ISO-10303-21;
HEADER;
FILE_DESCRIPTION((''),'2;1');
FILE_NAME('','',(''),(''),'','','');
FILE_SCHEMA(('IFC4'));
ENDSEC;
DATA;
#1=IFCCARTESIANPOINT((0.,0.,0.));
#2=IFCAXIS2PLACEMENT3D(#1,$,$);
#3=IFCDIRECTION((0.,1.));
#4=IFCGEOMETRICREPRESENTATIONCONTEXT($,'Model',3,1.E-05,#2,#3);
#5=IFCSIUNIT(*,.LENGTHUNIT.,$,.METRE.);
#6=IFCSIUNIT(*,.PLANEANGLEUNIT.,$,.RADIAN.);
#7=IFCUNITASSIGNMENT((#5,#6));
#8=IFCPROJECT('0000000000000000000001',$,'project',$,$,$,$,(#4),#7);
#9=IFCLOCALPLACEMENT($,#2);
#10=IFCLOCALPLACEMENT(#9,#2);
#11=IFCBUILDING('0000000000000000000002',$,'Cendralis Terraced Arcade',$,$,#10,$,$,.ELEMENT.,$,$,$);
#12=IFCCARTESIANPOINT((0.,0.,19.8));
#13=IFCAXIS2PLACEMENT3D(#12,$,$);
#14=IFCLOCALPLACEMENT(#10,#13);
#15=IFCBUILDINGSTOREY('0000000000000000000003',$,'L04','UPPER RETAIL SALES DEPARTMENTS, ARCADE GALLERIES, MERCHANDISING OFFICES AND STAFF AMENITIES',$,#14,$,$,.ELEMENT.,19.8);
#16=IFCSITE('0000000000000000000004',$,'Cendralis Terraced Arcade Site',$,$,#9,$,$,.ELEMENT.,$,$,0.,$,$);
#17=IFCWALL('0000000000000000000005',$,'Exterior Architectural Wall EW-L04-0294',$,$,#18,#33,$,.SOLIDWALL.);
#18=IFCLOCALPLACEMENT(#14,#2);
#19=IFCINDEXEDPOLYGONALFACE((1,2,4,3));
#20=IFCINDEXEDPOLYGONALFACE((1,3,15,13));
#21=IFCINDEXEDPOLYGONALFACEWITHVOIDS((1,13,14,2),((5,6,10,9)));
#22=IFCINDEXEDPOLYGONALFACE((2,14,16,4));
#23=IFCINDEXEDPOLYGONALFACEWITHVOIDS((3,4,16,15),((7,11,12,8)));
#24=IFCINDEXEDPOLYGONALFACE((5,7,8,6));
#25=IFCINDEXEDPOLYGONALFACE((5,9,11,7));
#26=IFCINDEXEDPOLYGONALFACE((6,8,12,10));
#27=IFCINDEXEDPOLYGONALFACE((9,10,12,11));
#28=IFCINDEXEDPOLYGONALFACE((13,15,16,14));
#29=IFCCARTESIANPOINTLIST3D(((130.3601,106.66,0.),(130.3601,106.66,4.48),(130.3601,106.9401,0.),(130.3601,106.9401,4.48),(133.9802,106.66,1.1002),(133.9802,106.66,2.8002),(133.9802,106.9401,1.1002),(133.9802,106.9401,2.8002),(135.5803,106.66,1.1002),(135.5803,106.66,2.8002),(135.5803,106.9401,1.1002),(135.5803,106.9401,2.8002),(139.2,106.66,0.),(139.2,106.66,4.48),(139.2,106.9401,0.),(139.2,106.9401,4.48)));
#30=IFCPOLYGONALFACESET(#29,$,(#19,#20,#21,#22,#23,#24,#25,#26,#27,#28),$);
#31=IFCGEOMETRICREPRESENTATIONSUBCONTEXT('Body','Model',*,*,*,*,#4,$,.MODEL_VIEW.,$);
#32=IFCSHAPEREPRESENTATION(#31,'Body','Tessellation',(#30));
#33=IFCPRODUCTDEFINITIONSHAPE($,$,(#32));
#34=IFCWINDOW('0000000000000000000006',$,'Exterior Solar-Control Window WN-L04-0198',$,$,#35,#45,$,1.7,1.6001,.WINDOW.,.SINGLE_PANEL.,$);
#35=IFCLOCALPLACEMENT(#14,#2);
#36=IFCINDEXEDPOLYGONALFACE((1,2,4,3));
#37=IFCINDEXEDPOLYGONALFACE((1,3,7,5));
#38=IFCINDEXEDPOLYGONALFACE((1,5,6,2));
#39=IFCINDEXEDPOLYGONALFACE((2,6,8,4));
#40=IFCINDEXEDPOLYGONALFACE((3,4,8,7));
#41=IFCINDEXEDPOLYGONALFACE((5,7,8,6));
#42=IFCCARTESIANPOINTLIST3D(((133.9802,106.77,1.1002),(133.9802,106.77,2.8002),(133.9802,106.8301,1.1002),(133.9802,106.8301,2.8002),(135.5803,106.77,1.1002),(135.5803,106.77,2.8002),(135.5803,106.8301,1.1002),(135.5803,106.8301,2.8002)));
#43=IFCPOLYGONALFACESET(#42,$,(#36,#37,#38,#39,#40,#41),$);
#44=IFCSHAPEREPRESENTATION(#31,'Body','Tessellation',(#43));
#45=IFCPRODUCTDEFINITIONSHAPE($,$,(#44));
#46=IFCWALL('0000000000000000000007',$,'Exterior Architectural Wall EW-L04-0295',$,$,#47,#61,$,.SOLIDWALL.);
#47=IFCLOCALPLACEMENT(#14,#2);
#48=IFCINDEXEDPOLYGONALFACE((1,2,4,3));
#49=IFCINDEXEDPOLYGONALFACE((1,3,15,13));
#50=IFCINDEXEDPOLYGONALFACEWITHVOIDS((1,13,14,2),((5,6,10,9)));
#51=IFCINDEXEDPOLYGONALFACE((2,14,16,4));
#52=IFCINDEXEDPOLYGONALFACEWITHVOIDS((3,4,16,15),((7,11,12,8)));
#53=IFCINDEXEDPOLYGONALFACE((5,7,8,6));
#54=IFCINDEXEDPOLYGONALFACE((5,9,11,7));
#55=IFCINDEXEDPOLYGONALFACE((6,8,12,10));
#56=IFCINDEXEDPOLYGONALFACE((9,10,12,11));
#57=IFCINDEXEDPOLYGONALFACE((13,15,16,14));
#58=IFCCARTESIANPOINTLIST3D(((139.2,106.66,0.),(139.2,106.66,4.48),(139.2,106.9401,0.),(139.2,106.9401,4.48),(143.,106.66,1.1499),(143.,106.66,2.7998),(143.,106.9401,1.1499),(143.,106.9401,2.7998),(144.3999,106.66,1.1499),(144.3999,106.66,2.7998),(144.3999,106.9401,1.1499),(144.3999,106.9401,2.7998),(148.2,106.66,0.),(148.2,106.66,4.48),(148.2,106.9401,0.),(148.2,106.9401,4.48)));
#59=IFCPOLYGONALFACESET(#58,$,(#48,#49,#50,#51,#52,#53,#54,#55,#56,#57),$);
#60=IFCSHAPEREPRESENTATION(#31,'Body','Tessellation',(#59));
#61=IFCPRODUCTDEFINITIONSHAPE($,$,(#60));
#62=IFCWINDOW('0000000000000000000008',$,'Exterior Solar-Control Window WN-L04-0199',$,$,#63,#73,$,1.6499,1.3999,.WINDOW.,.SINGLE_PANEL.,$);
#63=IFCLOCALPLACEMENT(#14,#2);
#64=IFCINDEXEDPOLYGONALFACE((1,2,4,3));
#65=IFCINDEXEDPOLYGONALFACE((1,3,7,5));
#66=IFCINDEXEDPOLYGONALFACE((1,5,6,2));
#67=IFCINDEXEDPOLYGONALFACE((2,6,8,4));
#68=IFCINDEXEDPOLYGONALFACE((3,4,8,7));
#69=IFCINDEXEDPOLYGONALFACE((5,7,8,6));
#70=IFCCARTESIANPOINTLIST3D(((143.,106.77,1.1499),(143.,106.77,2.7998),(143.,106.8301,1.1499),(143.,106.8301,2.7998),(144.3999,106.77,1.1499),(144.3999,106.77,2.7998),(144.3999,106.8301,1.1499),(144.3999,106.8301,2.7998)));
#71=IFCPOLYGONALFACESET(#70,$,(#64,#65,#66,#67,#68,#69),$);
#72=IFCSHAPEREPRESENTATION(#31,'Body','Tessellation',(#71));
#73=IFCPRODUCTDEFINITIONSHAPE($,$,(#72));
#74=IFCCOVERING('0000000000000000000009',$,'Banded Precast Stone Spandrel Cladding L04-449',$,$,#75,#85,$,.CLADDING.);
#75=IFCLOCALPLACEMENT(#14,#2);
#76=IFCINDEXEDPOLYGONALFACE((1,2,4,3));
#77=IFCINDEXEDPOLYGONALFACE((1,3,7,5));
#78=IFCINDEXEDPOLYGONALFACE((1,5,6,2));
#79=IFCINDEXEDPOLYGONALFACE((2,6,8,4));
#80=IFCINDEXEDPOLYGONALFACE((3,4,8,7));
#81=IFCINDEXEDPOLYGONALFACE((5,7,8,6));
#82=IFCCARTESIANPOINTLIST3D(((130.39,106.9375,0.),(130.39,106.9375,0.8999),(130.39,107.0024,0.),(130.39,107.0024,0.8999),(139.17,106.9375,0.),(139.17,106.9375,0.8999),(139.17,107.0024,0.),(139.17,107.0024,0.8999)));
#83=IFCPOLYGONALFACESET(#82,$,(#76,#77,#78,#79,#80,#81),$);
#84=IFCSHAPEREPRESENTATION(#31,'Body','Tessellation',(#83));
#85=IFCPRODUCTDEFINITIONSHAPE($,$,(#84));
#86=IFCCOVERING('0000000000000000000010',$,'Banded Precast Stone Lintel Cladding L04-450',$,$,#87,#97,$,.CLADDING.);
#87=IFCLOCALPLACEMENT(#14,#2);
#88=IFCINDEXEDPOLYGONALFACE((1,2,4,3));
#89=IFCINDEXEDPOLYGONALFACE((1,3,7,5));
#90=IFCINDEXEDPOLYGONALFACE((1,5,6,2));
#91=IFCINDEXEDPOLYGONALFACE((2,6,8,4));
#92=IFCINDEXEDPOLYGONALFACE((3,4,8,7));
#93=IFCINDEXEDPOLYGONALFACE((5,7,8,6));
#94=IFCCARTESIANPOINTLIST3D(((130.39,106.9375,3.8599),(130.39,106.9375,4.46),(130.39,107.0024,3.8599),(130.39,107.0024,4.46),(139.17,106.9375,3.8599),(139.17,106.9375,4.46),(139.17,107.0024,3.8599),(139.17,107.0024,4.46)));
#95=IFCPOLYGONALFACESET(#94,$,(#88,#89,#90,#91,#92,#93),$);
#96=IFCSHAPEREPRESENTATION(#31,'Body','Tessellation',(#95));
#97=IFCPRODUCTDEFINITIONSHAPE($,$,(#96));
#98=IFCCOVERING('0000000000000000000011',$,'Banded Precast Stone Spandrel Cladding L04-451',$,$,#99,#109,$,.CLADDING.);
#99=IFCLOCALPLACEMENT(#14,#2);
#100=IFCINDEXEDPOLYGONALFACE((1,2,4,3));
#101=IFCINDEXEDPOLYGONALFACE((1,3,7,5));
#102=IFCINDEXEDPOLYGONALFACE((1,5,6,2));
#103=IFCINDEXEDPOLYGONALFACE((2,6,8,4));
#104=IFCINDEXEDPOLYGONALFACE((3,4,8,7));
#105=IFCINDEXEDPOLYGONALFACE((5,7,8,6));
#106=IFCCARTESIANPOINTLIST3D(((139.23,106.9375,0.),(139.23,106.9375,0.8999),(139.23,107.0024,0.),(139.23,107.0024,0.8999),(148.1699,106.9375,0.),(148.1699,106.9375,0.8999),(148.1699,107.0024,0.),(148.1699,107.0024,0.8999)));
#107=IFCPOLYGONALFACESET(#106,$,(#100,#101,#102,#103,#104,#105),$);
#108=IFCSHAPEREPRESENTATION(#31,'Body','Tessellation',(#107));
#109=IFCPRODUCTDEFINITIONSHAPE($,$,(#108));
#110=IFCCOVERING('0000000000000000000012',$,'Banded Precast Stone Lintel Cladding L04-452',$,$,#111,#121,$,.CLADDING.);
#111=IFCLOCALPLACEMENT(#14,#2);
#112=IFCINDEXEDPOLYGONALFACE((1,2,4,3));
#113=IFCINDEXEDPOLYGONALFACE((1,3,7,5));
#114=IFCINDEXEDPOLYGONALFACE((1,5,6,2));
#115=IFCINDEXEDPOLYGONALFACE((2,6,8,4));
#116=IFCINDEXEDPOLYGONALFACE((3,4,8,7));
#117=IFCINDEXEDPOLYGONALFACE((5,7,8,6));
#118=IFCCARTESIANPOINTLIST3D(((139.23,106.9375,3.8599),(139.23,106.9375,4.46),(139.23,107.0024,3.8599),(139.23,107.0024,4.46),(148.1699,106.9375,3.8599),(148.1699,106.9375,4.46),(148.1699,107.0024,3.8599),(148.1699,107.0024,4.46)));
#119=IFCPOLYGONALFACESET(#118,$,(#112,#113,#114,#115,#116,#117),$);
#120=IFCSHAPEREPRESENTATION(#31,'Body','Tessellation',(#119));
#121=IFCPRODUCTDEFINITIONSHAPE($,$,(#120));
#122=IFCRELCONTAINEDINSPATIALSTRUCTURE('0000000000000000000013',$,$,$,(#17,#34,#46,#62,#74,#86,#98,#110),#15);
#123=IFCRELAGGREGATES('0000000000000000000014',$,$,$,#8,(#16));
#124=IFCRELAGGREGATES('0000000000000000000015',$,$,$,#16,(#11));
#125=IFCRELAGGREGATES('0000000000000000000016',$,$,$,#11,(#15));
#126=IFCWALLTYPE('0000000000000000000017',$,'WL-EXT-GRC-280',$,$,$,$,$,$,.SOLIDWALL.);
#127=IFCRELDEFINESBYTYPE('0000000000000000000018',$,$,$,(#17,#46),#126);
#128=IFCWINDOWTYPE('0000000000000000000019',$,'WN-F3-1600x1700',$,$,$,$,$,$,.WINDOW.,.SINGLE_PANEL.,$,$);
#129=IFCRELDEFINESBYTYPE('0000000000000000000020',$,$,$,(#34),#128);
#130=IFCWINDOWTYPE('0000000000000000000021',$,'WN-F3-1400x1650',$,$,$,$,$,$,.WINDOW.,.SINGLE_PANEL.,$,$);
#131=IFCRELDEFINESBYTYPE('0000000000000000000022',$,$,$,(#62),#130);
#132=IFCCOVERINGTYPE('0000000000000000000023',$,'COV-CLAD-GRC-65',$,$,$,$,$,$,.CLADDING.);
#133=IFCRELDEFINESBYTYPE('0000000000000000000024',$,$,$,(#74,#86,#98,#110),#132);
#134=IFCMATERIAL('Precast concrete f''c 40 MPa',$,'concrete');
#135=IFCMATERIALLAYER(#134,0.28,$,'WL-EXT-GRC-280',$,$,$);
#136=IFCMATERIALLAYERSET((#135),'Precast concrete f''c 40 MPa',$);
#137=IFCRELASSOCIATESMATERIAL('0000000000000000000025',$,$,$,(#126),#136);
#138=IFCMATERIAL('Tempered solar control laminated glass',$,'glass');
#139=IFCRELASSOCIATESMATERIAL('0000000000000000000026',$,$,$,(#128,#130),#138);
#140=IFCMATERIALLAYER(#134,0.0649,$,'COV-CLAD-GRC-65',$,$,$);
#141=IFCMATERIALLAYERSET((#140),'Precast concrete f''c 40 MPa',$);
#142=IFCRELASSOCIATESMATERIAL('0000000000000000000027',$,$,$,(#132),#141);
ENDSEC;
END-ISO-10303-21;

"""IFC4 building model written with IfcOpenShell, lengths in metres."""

from ifc_helpers import new_model, si_unit, direction, frame, frame_2d, origin, origin_2d, place, context, subcontext, project, spatial, rectangle, extrude, material, layer, layer_set, type_object, element, fill, save


model = new_model("IFC4")

# Units and contexts
model_context = context("Model", 3, precision=1e-05, world=origin(), true_north=direction((0.0, 1.0)))
body_context = subcontext(model_context, "Body", "Model", "MODEL_VIEW")
ifc_project = project(units=[si_unit("LENGTHUNIT", "METRE"), si_unit("PLANEANGLEUNIT", "RADIAN")], contexts=[model_context])

# Site, building, storey
site_placement = place(None, origin())
site = spatial("IfcSite", under=ifc_project, at=site_placement, Name="Cendralis Terraced Arcade Site", CompositionType="ELEMENT", RefElevation=0.0)
building_placement = place(site_placement, origin())
building = spatial("IfcBuilding", under=site, at=building_placement, Name="Cendralis Terraced Arcade", CompositionType="ELEMENT")
storey_placement = place(building_placement, frame((0.0, 0.0, 19.8)))
storey = spatial("IfcBuildingStorey", under=building, at=storey_placement, Name="L04", Description="UPPER RETAIL SALES DEPARTMENTS, ARCADE GALLERIES, MERCHANDISING OFFICES AND STAFF AMENITIES", CompositionType="ELEMENT", Elevation=19.8)

# Walls, openings, windows
ifc_material_1 = material(Name="Precast concrete f'c 40 MPa", Category="concrete")
ifc_layer_1 = layer(ifc_material_1, 0.28, Name="WL-EXT-GRC-280")
ifc_layer_set_1 = layer_set([ifc_layer_1], Name="Precast concrete f'c 40 MPa")
wall_type_1 = type_object("IfcWallType", Name="WL-EXT-GRC-280", PredefinedType="SOLIDWALL", material=ifc_layer_set_1)
ifc_material_2 = material(Name="Tempered solar control laminated glass", Category="glass")
wall_1_placement = place(storey_placement, frame((130.3601, 106.8, 0.0), z_axis=(0.0, 0.0, 1.0), x_axis=(1.0, 0.0, 0.0)))
wall_1 = element("IfcWall", 1, at=wall_1_placement, inside=storey, type_object=wall_type_1, Name="Exterior Architectural Wall EW-L04-0294", PredefinedType="SOLIDWALL", context=body_context, shape_type="SweptSolid", body=[
    extrude(rectangle(XDim=8.8398, YDim=0.28, at=frame_2d((4.4199, 0.0))), origin(), (0.0, 0.0, 1.0), 4.48),
])
opening_1_placement = place(wall_1_placement, frame((3.6201, 0.0, 1.1001)))
opening_1 = element("IfcOpeningElement", 2, at=opening_1_placement, cuts=wall_1, PredefinedType="OPENING", context=body_context, shape_type="SweptSolid", body=[
    extrude(rectangle(XDim=1.6001, YDim=1.7, at=frame_2d((0.8, 0.8501))), frame((0.0, 0.1519, 0.0), z_axis=(0.0, -1.0, 0.0), x_axis=(1.0, 0.0, 0.0)), (0.0, 0.0, 1.0), 0.304),
])
window_type_1 = type_object("IfcWindowType", Name="WN-F3-1600x1700", PartitioningType="SINGLE_PANEL", PredefinedType="WINDOW", material=ifc_material_2)
window_1_placement = place(opening_1_placement, origin())
window_1 = element("IfcWindow", 3, at=window_1_placement, inside=storey, type_object=window_type_1, Name="Exterior Solar-Control Window WN-L04-0198", OverallHeight=1.7, OverallWidth=1.6001, PartitioningType="SINGLE_PANEL", PredefinedType="WINDOW", context=body_context, shape_type="SweptSolid", body=[
    extrude(rectangle(XDim=1.6001, YDim=1.7, at=frame_2d((0.8, 0.8501))), frame((0.0, 0.03, 0.0), z_axis=(0.0, -1.0, 0.0), x_axis=(1.0, 0.0, 0.0)), (0.0, 0.0, 1.0), 0.0601),
])
fill(opening_1, window_1)
wall_2_placement = place(storey_placement, frame((139.2, 106.8, 0.0), z_axis=(0.0, 0.0, 1.0), x_axis=(1.0, 0.0, 0.0)))
wall_2 = element("IfcWall", 4, at=wall_2_placement, inside=storey, type_object=wall_type_1, Name="Exterior Architectural Wall EW-L04-0295", PredefinedType="SOLIDWALL", context=body_context, shape_type="SweptSolid", body=[
    extrude(rectangle(XDim=9.0, YDim=0.28, at=frame_2d((4.5, 0.0))), origin(), (0.0, 0.0, 1.0), 4.48),
])
opening_2_placement = place(wall_2_placement, frame((3.8, 0.0, 1.1499)))
opening_2 = element("IfcOpeningElement", 5, at=opening_2_placement, cuts=wall_2, PredefinedType="OPENING", context=body_context, shape_type="SweptSolid", body=[
    extrude(rectangle(XDim=1.3999, YDim=1.6499, at=frame_2d((0.7, 0.825))), frame((0.0, 0.1519, 0.0), z_axis=(0.0, -1.0, 0.0), x_axis=(1.0, 0.0, 0.0)), (0.0, 0.0, 1.0), 0.304),
])
window_type_2 = type_object("IfcWindowType", Name="WN-F3-1400x1650", PartitioningType="SINGLE_PANEL", PredefinedType="WINDOW", material=ifc_material_2)
window_2_placement = place(opening_2_placement, origin())
window_2 = element("IfcWindow", 6, at=window_2_placement, inside=storey, type_object=window_type_2, Name="Exterior Solar-Control Window WN-L04-0199", OverallHeight=1.6499, OverallWidth=1.3999, PartitioningType="SINGLE_PANEL", PredefinedType="WINDOW", context=body_context, shape_type="SweptSolid", body=[
    extrude(rectangle(XDim=1.3999, YDim=1.6499, at=frame_2d((0.7, 0.825))), frame((0.0, 0.03, 0.0), z_axis=(0.0, -1.0, 0.0), x_axis=(1.0, 0.0, 0.0)), (0.0, 0.0, 1.0), 0.0601),
])
fill(opening_2, window_2)

# Coverings
ifc_layer_2 = layer(ifc_material_1, 0.0649, Name="COV-CLAD-GRC-65")
ifc_layer_set_2 = layer_set([ifc_layer_2], Name="Precast concrete f'c 40 MPa")
covering_type = type_object("IfcCoveringType", Name="COV-CLAD-GRC-65", PredefinedType="CLADDING", material=ifc_layer_set_2)
covering_1_placement = place(storey_placement, frame((134.78, 106.97, 0.0), z_axis=(0.0, 0.0, 1.0), x_axis=(1.0, 0.0, 0.0)))
element("IfcCovering", 7, at=covering_1_placement, inside=storey, type_object=covering_type, Name="Banded Precast Stone Spandrel Cladding L04-449", PredefinedType="CLADDING", context=body_context, shape_type="SweptSolid", body=[
    extrude(rectangle(XDim=8.78, YDim=0.0649, at=origin_2d()), origin(), (0.0, 0.0, 1.0), 0.8999),
])
covering_2_placement = place(storey_placement, frame((134.78, 106.97, 3.8599), z_axis=(0.0, 0.0, 1.0), x_axis=(1.0, 0.0, 0.0)))
element("IfcCovering", 8, at=covering_2_placement, inside=storey, type_object=covering_type, Name="Banded Precast Stone Lintel Cladding L04-450", PredefinedType="CLADDING", context=body_context, shape_type="SweptSolid", body=[
    extrude(rectangle(XDim=8.78, YDim=0.0649, at=origin_2d()), origin(), (0.0, 0.0, 1.0), 0.6001),
])
covering_3_placement = place(storey_placement, frame((143.7, 106.97, 0.0), z_axis=(0.0, 0.0, 1.0), x_axis=(1.0, 0.0, 0.0)))
element("IfcCovering", 9, at=covering_3_placement, inside=storey, type_object=covering_type, Name="Banded Precast Stone Spandrel Cladding L04-451", PredefinedType="CLADDING", context=body_context, shape_type="SweptSolid", body=[
    extrude(rectangle(XDim=8.9399, YDim=0.0649, at=origin_2d()), origin(), (0.0, 0.0, 1.0), 0.8999),
])
covering_4_placement = place(storey_placement, frame((143.7, 106.97, 3.8599), z_axis=(0.0, 0.0, 1.0), x_axis=(1.0, 0.0, 0.0)))
element("IfcCovering", 10, at=covering_4_placement, inside=storey, type_object=covering_type, Name="Banded Precast Stone Lintel Cladding L04-452", PredefinedType="CLADDING", context=body_context, shape_type="SweptSolid", body=[
    extrude(rectangle(XDim=8.9399, YDim=0.0649, at=origin_2d()), origin(), (0.0, 0.0, 1.0), 0.6001),
])

save(model, "model.ifc")
